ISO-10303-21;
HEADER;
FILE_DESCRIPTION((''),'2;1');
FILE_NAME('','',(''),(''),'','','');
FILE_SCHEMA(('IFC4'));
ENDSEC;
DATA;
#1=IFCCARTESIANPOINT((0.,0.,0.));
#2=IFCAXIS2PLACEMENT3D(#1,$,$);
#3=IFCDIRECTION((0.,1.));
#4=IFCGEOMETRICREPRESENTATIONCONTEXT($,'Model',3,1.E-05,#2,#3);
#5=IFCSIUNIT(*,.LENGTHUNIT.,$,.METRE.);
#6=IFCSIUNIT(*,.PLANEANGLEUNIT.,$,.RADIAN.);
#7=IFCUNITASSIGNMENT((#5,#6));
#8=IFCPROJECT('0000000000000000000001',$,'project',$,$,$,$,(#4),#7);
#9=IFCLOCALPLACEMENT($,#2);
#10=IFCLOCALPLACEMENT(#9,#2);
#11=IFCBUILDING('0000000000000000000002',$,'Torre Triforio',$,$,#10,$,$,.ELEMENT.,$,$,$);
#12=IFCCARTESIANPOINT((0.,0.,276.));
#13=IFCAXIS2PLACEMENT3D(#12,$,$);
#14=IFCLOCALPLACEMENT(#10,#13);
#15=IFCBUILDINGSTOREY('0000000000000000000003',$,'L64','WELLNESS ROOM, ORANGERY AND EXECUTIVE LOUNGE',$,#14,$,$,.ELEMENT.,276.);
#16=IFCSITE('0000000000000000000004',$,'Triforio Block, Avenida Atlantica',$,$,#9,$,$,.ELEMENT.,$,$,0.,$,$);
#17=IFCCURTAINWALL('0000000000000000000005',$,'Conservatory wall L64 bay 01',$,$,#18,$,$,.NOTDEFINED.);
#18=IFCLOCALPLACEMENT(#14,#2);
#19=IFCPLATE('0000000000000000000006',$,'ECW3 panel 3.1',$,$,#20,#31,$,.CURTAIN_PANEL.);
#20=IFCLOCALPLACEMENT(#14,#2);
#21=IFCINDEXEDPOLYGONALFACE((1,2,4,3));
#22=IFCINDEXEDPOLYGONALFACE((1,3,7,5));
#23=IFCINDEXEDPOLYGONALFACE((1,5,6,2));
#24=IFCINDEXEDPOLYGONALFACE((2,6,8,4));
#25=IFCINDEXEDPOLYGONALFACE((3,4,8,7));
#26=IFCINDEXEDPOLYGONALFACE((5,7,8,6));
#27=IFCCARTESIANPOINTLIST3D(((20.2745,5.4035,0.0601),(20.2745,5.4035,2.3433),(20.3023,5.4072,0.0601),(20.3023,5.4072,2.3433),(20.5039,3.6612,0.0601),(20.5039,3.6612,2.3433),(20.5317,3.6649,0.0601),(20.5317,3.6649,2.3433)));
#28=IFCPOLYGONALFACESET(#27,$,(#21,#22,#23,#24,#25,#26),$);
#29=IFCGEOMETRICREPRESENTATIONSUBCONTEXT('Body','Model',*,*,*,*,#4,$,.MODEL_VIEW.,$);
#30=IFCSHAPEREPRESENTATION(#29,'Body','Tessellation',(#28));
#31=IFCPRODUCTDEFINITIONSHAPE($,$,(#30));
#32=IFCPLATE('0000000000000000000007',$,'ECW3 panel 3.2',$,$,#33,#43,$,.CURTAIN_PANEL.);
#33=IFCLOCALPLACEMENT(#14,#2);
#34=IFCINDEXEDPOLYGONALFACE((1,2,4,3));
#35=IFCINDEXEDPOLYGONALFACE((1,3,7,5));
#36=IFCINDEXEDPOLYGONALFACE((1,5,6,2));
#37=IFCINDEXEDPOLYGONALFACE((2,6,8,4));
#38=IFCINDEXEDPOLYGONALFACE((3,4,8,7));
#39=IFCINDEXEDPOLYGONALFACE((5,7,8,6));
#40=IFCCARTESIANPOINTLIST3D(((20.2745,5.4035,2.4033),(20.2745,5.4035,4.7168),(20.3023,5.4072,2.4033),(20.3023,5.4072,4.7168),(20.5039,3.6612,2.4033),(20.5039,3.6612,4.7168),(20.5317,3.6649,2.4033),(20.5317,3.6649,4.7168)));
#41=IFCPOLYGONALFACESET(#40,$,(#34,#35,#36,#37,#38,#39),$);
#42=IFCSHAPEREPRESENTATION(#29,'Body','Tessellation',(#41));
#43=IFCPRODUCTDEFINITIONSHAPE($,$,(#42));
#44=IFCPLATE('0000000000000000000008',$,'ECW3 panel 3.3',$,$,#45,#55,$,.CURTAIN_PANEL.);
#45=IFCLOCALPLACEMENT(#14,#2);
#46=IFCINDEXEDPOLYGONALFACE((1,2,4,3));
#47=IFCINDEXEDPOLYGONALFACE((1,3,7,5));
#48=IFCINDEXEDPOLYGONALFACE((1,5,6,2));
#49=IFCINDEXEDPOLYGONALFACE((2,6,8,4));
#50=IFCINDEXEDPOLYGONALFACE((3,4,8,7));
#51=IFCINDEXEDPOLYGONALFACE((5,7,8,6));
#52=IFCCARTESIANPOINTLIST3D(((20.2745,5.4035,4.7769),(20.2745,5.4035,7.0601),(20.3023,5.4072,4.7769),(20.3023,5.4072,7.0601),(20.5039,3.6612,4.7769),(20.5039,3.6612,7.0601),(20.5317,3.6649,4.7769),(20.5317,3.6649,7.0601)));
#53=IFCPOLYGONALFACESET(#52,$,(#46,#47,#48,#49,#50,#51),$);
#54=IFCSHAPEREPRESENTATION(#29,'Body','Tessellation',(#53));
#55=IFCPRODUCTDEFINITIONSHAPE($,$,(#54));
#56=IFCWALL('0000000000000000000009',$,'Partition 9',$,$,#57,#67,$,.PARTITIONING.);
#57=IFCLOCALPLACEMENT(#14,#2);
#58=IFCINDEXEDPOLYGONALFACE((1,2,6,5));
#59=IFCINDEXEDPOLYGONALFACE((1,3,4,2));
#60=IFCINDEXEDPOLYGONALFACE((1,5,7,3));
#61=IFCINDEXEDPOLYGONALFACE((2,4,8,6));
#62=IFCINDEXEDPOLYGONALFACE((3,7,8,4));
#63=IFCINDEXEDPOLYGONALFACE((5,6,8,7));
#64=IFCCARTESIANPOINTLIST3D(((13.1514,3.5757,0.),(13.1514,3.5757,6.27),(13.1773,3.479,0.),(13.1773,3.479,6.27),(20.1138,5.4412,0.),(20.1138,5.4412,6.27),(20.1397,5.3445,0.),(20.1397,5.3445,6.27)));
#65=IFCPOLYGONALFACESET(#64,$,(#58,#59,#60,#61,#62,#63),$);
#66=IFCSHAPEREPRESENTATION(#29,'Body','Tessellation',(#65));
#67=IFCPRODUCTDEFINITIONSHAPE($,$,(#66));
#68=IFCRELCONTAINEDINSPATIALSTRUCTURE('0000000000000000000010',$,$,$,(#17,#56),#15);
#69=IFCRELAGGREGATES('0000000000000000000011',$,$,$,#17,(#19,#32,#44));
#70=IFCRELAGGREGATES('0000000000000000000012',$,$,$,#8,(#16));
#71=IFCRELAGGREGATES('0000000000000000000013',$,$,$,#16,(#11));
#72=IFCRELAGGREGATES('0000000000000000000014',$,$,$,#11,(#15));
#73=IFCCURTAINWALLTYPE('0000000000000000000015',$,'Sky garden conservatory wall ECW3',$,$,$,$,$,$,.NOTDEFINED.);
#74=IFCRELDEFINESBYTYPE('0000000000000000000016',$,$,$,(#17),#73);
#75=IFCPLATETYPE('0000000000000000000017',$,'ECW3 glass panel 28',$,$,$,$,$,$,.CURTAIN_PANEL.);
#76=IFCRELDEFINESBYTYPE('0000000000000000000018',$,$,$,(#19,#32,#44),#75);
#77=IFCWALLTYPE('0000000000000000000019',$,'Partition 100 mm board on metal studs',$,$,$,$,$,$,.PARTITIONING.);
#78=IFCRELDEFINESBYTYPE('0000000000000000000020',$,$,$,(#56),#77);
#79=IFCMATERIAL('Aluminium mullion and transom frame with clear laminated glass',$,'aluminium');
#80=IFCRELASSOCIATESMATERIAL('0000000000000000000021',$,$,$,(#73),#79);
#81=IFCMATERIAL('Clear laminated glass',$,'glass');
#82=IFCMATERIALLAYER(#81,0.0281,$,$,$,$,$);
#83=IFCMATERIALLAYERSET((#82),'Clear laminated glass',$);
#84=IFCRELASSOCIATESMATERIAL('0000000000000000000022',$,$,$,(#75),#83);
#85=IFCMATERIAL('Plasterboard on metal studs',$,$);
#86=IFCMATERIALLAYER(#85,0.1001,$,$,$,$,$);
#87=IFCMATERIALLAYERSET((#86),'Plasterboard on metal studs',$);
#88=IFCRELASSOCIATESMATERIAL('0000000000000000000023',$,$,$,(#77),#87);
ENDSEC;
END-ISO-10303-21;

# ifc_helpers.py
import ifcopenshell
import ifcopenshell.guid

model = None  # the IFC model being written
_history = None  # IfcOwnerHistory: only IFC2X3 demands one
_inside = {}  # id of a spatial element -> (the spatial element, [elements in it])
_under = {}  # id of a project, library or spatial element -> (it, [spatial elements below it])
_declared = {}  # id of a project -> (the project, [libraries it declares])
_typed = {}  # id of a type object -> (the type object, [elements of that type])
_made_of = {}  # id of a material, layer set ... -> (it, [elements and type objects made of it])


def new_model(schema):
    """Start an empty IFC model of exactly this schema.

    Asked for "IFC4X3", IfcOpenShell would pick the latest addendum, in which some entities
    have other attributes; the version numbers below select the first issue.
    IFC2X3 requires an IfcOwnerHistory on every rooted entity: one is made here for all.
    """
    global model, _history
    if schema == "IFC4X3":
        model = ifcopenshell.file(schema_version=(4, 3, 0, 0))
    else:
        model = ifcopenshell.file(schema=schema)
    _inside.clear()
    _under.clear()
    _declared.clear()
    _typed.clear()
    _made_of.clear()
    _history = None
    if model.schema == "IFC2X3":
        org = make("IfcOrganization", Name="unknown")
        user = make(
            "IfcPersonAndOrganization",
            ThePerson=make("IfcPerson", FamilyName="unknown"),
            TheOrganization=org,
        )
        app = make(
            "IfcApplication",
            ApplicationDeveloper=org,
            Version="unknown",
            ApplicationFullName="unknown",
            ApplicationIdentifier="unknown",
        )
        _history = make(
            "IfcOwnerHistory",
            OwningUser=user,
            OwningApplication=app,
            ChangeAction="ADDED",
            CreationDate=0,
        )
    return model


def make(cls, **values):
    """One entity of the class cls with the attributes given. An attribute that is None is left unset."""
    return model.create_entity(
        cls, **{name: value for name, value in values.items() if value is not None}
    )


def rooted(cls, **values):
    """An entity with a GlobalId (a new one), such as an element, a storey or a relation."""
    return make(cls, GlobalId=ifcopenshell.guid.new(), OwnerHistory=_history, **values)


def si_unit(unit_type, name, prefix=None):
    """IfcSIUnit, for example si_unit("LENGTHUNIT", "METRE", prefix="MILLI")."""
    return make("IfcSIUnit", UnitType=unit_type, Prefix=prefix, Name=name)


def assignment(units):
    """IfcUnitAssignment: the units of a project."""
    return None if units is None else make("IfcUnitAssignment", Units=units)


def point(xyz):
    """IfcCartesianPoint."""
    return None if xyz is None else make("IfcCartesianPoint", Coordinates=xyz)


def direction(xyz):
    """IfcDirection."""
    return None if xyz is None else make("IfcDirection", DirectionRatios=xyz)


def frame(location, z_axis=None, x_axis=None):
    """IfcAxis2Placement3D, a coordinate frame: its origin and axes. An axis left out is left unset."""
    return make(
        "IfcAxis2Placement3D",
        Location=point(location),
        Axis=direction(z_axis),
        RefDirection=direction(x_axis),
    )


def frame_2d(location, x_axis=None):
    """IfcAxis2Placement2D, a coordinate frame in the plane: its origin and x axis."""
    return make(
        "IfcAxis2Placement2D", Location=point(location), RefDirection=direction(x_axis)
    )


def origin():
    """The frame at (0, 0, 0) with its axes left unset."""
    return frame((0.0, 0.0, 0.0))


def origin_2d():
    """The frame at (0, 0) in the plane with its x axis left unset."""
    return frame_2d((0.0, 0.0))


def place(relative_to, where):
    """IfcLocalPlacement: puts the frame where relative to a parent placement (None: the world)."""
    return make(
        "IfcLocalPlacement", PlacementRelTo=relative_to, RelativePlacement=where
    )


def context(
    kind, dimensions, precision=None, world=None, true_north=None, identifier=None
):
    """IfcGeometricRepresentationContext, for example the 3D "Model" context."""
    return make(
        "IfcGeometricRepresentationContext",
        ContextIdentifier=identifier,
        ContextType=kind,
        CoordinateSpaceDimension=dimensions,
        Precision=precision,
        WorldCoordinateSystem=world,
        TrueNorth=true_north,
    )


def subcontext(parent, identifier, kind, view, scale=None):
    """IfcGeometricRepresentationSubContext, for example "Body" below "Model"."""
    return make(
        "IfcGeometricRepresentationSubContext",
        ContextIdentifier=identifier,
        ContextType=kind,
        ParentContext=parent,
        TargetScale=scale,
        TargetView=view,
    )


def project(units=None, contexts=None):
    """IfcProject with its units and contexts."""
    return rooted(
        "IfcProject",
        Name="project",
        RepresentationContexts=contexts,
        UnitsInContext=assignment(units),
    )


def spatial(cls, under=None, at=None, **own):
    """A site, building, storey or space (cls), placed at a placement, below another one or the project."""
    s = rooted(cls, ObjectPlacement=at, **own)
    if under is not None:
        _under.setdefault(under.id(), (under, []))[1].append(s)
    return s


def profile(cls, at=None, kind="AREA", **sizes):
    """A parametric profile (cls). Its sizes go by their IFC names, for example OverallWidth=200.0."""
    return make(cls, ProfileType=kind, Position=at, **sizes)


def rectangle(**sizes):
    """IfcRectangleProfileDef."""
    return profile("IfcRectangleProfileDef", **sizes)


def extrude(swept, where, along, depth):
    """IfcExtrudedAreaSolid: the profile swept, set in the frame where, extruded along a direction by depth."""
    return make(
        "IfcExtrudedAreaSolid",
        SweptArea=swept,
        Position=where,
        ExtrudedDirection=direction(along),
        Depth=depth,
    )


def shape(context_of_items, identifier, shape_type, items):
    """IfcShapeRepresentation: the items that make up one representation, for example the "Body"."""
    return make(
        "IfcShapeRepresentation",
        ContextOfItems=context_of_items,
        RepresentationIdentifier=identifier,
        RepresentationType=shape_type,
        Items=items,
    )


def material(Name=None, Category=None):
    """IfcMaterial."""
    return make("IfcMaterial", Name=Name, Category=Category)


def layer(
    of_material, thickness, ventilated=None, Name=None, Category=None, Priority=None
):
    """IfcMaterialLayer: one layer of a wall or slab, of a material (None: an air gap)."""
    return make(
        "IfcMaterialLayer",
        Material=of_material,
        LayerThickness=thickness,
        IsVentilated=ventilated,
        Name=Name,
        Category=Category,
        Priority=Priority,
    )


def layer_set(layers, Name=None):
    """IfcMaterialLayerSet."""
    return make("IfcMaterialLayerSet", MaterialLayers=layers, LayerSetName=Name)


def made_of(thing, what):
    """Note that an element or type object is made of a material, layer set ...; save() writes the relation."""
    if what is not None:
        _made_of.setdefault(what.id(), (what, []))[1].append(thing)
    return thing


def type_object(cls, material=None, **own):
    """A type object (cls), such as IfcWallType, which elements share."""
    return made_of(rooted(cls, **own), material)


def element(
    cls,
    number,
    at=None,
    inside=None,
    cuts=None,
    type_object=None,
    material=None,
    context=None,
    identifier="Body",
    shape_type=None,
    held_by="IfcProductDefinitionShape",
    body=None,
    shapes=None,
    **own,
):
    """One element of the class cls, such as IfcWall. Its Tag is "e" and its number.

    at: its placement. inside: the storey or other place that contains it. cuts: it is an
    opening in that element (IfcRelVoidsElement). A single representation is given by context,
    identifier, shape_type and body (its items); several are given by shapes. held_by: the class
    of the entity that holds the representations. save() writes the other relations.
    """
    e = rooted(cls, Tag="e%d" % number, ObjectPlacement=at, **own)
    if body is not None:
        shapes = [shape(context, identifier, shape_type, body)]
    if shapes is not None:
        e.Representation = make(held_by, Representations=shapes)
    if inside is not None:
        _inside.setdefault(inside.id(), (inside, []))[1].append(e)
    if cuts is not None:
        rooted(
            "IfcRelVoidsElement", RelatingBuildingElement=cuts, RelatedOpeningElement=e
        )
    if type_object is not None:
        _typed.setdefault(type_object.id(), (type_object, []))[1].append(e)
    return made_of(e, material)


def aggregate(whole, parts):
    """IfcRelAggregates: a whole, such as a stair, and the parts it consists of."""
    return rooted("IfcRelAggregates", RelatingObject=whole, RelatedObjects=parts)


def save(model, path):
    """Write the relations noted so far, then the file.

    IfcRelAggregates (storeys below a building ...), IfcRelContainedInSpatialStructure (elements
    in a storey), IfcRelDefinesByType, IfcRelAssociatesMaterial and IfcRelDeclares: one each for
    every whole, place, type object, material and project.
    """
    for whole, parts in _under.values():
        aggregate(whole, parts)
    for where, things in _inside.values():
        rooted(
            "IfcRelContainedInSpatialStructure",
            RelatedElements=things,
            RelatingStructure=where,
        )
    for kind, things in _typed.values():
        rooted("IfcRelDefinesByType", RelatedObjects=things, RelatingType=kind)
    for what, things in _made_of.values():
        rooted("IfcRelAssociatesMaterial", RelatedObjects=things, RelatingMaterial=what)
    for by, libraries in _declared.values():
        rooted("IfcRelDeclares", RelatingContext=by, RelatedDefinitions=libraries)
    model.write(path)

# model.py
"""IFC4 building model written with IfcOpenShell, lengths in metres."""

from ifc_helpers import new_model, si_unit, direction, frame, frame_2d, origin, origin_2d, place, context, subcontext, project, spatial, rectangle, extrude, material, layer, layer_set, type_object, element, aggregate, save


model = new_model("IFC4")

# Units and contexts
model_context = context("Model", 3, precision=1e-05, world=origin(), true_north=direction((0.0, 1.0)))
body_context = subcontext(model_context, "Body", "Model", "MODEL_VIEW")
ifc_project = project(units=[si_unit("LENGTHUNIT", "METRE"), si_unit("PLANEANGLEUNIT", "RADIAN")], contexts=[model_context])

# Site, building, storey
site_placement = place(None, origin())
site = spatial("IfcSite", under=ifc_project, at=site_placement, Name="Triforio Block, Avenida Atlantica", CompositionType="ELEMENT", RefElevation=0.0)
building_placement = place(site_placement, origin())
building = spatial("IfcBuilding", under=site, at=building_placement, Name="Torre Triforio", CompositionType="ELEMENT")
storey_placement = place(building_placement, frame((0.0, 0.0, 276.0)))
storey = spatial("IfcBuildingStorey", under=building, at=storey_placement, Name="L64", Description="WELLNESS ROOM, ORANGERY AND EXECUTIVE LOUNGE", CompositionType="ELEMENT", Elevation=276.0)

# Curtain wall, plates
ifc_material_1 = material(Name="Aluminium mullion and transom frame with clear laminated glass", Category="aluminium")
curtain_wall_type = type_object("IfcCurtainWallType", Name="Sky garden conservatory wall ECW3", PredefinedType="NOTDEFINED", material=ifc_material_1)
curtain_wall_placement = place(storey_placement, origin())
curtain_wall = element("IfcCurtainWall", 1, at=curtain_wall_placement, inside=storey, type_object=curtain_wall_type, Name="Conservatory wall L64 bay 01", PredefinedType="NOTDEFINED")
ifc_material_2 = material(Name="Clear laminated glass", Category="glass")
ifc_layer_1 = layer(ifc_material_2, 0.0281)
ifc_layer_set_1 = layer_set([ifc_layer_1], Name="Clear laminated glass")
plate_type = type_object("IfcPlateType", Name="ECW3 glass panel 28", PredefinedType="CURTAIN_PANEL", material=ifc_layer_set_1)
plate_1_placement = place(storey_placement, frame((20.4031, 4.5342, 0.0601), z_axis=(0.0, 0.0, 1.0), x_axis=(-0.13053, 0.991444, 0.0)))
plate_1 = element("IfcPlate", 2, at=plate_1_placement, type_object=plate_type, Name="ECW3 panel 3.1", PredefinedType="CURTAIN_PANEL", context=body_context, shape_type="SweptSolid", body=[
    extrude(rectangle(XDim=1.7573, YDim=0.0281, at=origin_2d()), origin(), (0.0, 0.0, 1.0), 2.2832),
])
plate_2_placement = place(storey_placement, frame((20.4031, 4.5342, 2.4033), z_axis=(0.0, 0.0, 1.0), x_axis=(-0.13053, 0.991444, 0.0)))
plate_2 = element("IfcPlate", 3, at=plate_2_placement, type_object=plate_type, Name="ECW3 panel 3.2", PredefinedType="CURTAIN_PANEL", context=body_context, shape_type="SweptSolid", body=[
    extrude(rectangle(XDim=1.7573, YDim=0.0281, at=origin_2d()), origin(), (0.0, 0.0, 1.0), 2.3135),
])
plate_3_placement = place(storey_placement, frame((20.4031, 4.5342, 4.7769), z_axis=(0.0, 0.0, 1.0), x_axis=(-0.13053, 0.991444, 0.0)))
plate_3 = element("IfcPlate", 4, at=plate_3_placement, type_object=plate_type, Name="ECW3 panel 3.3", PredefinedType="CURTAIN_PANEL", context=body_context, shape_type="SweptSolid", body=[
    extrude(rectangle(XDim=1.7573, YDim=0.0281, at=origin_2d()), origin(), (0.0, 0.0, 1.0), 2.2832),
])
aggregate(curtain_wall, [plate_1, plate_2, plate_3])

# Wall
ifc_material_3 = material(Name="Plasterboard on metal studs")
ifc_layer_2 = layer(ifc_material_3, 0.1001)
ifc_layer_set_2 = layer_set([ifc_layer_2], Name="Plasterboard on metal studs")
wall_type_1 = type_object("IfcWallType", Name="Partition 100 mm board on metal studs", PredefinedType="PARTITIONING", material=ifc_layer_set_2)
wall_1_placement = place(storey_placement, frame((13.1643, 3.5273, 0.0), z_axis=(0.0, 0.0, 1.0), x_axis=(0.965929, 0.258807, 0.0)))
element("IfcWall", 5, at=wall_1_placement, inside=storey, type_object=wall_type_1, Name="Partition 9", PredefinedType="PARTITIONING", context=body_context, shape_type="SweptSolid", body=[
    extrude(rectangle(XDim=7.208, YDim=0.1001, at=frame_2d((3.604, 0.0))), origin(), (0.0, 0.0, 1.0), 6.27),
])

save(model, "model.ifc")
